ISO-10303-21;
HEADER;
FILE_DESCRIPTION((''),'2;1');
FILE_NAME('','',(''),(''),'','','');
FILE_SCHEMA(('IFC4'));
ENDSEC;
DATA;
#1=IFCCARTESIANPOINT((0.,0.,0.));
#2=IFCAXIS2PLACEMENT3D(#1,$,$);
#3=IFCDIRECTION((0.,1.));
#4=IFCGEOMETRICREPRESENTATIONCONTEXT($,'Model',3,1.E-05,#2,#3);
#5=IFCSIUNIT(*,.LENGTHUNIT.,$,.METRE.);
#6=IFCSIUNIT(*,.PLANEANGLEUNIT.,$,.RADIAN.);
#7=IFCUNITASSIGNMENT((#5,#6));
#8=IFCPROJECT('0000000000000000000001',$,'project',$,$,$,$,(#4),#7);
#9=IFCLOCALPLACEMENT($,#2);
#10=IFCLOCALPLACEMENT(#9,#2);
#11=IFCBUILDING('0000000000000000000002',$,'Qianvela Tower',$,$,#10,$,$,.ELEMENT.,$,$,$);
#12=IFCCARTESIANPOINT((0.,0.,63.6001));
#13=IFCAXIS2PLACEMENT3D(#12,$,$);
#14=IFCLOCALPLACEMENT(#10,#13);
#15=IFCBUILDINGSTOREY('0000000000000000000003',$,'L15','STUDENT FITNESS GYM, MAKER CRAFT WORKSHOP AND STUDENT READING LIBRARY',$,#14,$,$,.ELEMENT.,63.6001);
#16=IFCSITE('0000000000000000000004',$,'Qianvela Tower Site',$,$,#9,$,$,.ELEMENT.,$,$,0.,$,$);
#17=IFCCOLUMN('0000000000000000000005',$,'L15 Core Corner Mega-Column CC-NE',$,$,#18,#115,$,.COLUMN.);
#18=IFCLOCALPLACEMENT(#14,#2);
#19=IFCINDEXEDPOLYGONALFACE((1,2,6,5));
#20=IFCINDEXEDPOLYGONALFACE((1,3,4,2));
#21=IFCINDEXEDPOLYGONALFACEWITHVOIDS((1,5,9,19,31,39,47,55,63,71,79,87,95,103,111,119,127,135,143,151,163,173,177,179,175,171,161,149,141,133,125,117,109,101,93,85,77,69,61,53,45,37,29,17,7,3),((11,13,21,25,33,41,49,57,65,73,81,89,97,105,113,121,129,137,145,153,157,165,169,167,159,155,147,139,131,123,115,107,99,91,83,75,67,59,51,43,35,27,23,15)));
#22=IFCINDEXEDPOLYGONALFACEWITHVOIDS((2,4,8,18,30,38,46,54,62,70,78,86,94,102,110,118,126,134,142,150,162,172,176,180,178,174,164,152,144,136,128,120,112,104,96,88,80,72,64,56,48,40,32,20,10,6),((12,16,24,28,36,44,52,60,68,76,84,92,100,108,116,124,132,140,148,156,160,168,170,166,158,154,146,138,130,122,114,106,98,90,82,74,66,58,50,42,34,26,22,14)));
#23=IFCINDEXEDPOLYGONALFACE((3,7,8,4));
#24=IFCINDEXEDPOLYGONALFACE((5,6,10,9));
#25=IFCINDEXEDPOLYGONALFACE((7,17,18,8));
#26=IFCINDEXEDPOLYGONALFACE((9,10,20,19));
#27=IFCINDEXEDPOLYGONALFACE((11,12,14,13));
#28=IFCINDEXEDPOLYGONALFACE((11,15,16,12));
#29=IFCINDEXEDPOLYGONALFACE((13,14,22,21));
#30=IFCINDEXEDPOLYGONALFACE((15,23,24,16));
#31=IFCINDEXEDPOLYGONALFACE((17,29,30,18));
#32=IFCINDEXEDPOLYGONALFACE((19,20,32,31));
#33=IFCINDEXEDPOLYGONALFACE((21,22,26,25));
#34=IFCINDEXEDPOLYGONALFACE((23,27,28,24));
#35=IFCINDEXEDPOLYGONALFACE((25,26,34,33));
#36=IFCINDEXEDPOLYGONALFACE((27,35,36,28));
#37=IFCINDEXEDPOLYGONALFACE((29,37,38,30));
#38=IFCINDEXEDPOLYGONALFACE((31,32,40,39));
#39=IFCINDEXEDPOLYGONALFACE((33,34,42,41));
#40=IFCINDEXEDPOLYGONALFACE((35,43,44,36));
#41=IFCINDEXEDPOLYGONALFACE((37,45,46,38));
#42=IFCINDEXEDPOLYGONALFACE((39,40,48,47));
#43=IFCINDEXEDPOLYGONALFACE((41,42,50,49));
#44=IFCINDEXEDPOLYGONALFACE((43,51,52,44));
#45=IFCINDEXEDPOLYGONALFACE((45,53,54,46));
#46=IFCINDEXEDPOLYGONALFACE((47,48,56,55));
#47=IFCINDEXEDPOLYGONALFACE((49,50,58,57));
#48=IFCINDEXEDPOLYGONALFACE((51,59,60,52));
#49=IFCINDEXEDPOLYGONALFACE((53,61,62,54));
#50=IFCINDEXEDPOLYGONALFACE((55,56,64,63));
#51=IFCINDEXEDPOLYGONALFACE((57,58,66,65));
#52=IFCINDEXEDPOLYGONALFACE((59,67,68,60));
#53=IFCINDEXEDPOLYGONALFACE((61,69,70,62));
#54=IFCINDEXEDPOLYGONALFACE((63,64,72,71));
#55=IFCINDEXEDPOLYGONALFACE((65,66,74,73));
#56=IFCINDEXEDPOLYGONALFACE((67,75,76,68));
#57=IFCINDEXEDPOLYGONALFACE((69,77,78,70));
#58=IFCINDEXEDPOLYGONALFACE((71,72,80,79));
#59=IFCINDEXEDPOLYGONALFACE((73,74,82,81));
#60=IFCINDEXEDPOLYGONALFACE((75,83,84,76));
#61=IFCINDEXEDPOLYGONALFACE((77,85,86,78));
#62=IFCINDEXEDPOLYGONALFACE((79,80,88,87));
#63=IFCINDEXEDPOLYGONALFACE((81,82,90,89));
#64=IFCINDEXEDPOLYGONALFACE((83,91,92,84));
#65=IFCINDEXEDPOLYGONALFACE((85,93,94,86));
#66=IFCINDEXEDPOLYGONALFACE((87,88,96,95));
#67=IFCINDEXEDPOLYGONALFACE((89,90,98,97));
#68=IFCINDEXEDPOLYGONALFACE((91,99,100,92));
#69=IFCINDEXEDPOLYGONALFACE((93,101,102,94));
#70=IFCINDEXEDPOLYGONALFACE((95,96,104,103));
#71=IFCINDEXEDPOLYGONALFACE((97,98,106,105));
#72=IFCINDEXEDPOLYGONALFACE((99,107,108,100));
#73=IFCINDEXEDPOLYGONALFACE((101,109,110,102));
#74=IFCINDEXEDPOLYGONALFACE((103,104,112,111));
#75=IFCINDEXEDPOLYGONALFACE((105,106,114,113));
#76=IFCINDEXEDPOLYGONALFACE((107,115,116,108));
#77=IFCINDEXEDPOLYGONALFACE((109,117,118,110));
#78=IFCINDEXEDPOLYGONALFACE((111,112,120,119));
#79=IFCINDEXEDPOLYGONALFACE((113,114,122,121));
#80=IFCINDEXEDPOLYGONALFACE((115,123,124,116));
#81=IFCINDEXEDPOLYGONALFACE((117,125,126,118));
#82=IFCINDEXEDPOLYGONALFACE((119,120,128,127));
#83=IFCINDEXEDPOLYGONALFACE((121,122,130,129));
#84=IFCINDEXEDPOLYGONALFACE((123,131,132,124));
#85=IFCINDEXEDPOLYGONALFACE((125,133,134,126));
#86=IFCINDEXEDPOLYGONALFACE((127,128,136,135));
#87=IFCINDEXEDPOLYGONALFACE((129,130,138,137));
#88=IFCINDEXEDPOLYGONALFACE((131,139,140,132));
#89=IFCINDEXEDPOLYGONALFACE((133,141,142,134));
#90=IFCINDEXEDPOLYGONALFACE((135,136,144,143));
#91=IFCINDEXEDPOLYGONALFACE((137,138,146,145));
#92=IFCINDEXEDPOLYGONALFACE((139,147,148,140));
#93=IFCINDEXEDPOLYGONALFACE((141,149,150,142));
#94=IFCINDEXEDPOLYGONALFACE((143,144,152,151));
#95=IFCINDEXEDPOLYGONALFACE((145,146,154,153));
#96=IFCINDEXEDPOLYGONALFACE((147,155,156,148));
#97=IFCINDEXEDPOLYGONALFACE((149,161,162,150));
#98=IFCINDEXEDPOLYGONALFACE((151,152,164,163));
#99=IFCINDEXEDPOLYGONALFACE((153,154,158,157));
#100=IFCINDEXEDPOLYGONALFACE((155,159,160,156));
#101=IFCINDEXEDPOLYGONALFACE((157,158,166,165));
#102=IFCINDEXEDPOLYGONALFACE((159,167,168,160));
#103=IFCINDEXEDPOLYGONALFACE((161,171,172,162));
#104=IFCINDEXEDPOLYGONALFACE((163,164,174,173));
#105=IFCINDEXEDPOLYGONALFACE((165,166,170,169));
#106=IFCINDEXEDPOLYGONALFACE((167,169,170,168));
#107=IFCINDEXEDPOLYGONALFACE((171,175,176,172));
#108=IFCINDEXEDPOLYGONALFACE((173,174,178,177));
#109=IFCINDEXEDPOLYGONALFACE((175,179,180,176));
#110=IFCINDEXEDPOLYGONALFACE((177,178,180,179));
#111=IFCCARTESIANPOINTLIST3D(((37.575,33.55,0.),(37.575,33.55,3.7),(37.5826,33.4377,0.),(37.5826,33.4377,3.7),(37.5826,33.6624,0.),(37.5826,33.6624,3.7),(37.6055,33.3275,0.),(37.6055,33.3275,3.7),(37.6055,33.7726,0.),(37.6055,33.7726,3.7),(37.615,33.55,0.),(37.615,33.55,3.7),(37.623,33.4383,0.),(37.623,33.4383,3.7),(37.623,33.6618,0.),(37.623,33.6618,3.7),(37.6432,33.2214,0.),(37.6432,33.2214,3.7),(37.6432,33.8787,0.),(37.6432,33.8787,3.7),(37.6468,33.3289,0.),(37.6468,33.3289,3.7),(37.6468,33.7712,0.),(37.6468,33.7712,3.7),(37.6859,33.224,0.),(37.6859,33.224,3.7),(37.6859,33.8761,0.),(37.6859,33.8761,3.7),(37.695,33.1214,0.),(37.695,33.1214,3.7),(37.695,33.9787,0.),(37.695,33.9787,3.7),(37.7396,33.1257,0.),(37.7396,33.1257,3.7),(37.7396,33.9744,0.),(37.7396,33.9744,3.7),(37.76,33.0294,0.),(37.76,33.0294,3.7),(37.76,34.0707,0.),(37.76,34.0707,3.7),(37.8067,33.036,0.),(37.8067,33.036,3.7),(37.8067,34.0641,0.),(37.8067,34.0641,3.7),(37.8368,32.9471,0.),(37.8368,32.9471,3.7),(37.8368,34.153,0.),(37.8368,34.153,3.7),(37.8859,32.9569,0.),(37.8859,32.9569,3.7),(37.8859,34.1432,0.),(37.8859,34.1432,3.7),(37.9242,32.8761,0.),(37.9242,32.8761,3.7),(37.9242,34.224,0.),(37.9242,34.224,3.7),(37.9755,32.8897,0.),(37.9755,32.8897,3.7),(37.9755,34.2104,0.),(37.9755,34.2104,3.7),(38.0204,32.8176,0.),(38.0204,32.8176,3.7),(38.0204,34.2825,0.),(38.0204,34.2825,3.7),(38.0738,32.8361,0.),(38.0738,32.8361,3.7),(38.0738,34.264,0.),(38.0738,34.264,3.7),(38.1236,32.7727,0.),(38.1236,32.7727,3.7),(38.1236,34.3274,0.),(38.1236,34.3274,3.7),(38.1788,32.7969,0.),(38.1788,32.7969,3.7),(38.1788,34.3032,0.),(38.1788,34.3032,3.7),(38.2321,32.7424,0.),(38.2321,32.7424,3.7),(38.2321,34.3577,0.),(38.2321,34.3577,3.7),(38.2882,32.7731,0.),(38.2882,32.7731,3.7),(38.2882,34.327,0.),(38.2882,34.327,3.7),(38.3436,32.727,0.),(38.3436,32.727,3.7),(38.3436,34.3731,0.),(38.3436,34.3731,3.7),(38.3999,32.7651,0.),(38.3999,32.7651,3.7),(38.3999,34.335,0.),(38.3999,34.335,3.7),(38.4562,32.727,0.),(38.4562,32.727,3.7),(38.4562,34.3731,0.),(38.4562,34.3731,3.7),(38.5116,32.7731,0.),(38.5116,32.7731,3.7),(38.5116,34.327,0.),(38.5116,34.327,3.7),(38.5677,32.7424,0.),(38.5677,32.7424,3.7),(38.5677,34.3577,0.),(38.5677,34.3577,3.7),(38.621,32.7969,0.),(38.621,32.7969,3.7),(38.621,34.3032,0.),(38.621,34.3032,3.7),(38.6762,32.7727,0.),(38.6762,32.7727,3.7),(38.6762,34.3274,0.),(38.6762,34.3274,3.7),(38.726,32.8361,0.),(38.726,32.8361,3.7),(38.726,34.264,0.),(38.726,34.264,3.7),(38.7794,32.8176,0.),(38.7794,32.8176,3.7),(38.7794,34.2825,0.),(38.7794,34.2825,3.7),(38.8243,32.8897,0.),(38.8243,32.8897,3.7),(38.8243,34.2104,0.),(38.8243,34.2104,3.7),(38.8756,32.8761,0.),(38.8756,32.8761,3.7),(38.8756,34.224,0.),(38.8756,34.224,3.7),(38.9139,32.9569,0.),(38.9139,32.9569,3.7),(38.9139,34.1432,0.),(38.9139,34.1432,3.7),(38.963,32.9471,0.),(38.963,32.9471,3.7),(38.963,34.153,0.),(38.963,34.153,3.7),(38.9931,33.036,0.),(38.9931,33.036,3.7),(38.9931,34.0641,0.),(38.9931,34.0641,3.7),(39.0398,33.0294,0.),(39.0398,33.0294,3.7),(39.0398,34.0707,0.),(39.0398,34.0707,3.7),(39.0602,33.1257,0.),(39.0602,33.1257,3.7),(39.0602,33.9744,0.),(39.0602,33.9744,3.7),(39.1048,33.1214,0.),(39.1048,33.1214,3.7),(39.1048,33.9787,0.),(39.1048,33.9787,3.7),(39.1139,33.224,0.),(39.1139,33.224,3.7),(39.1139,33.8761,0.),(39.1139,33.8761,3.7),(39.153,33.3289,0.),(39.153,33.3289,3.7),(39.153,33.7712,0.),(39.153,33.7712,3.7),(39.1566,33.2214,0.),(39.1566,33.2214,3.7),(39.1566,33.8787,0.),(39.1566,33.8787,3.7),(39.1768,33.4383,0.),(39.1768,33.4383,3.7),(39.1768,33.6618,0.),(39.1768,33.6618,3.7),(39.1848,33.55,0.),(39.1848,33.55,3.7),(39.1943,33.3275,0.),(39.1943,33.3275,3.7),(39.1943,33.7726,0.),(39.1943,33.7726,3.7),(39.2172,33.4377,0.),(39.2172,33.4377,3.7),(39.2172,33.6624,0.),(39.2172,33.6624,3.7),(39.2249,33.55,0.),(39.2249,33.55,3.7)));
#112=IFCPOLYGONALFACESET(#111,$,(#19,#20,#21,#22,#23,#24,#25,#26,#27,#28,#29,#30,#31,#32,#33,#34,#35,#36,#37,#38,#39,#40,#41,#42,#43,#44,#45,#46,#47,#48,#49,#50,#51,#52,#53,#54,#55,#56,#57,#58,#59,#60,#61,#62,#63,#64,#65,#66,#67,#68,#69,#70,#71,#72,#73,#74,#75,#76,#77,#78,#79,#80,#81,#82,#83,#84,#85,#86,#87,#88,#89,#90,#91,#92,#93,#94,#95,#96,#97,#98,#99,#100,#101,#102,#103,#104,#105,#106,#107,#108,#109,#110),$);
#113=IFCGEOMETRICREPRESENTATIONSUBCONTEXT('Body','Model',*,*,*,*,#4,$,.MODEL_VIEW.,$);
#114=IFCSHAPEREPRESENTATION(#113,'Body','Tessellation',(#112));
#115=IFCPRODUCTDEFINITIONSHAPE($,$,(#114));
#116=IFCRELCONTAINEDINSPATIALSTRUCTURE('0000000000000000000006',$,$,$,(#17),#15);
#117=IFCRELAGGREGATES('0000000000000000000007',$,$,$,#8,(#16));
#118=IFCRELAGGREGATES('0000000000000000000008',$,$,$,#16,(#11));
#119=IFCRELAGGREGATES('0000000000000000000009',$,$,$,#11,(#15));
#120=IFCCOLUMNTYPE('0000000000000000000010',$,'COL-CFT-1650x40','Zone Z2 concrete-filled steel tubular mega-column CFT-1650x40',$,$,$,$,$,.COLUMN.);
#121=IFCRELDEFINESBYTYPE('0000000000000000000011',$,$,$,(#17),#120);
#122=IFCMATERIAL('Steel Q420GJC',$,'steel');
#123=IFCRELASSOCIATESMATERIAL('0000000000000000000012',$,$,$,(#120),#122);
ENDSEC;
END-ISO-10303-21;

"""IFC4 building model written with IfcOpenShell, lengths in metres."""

from ifc_helpers import new_model, si_unit, direction, frame, origin, origin_2d, place, context, subcontext, project, spatial, hollow_circle, extrude, material, material_profile, profile_set, type_object, element, save


model = new_model("IFC4")

# Units and contexts
model_context = context("Model", 3, precision=1e-05, world=origin(), true_north=direction((0.0, 1.0)))
body_context = subcontext(model_context, "Body", "Model", "MODEL_VIEW")
ifc_project = project(units=[si_unit("LENGTHUNIT", "METRE"), si_unit("PLANEANGLEUNIT", "RADIAN")], contexts=[model_context])

# Site, building, storey
site_placement = place(None, origin())
site = spatial("IfcSite", under=ifc_project, at=site_placement, Name="Qianvela Tower Site", CompositionType="ELEMENT", RefElevation=0.0)
building_placement = place(site_placement, origin())
building = spatial("IfcBuilding", under=site, at=building_placement, Name="Qianvela Tower", CompositionType="ELEMENT")
storey_placement = place(building_placement, frame((0.0, 0.0, 63.6001)))
storey = spatial("IfcBuildingStorey", under=building, at=storey_placement, Name="L15", Description="STUDENT FITNESS GYM, MAKER CRAFT WORKSHOP AND STUDENT READING LIBRARY", CompositionType="ELEMENT", Elevation=63.6001)

# Column
ifc_material_1 = material(Name="Steel Q420GJC", Category="steel")
ifc_material_profile_1 = material_profile(ifc_material_1, hollow_circle(Radius=0.825, WallThickness=0.04, at=origin_2d()), Name="CFT-1650x40")
ifc_profile_set_1 = profile_set([ifc_material_profile_1], Name="Steel Q420GJC")
column_type = type_object("IfcColumnType", Name="COL-CFT-1650x40", Description="Zone Z2 concrete-filled steel tubular mega-column CFT-1650x40", PredefinedType="COLUMN", material=ifc_profile_set_1)
for number, where, z_axis, x_axis, name in (
    (1, (38.3999, 33.55, 0.0), (0.0, 0.0, 1.0), (1.0, 0.0, 0.0), "L15 Core Corner Mega-Column CC-NE"),
):
    element("IfcColumn", number, at=place(storey_placement, frame(where, z_axis=z_axis, x_axis=x_axis)), inside=storey, type_object=column_type, Name=name, PredefinedType="COLUMN", context=body_context, shape_type="SweptSolid", body=[
        extrude(hollow_circle(Radius=0.825, WallThickness=0.04, at=origin_2d()), origin(), (0.0, 0.0, 1.0), 3.7),
    ])

save(model, "model.ifc")
